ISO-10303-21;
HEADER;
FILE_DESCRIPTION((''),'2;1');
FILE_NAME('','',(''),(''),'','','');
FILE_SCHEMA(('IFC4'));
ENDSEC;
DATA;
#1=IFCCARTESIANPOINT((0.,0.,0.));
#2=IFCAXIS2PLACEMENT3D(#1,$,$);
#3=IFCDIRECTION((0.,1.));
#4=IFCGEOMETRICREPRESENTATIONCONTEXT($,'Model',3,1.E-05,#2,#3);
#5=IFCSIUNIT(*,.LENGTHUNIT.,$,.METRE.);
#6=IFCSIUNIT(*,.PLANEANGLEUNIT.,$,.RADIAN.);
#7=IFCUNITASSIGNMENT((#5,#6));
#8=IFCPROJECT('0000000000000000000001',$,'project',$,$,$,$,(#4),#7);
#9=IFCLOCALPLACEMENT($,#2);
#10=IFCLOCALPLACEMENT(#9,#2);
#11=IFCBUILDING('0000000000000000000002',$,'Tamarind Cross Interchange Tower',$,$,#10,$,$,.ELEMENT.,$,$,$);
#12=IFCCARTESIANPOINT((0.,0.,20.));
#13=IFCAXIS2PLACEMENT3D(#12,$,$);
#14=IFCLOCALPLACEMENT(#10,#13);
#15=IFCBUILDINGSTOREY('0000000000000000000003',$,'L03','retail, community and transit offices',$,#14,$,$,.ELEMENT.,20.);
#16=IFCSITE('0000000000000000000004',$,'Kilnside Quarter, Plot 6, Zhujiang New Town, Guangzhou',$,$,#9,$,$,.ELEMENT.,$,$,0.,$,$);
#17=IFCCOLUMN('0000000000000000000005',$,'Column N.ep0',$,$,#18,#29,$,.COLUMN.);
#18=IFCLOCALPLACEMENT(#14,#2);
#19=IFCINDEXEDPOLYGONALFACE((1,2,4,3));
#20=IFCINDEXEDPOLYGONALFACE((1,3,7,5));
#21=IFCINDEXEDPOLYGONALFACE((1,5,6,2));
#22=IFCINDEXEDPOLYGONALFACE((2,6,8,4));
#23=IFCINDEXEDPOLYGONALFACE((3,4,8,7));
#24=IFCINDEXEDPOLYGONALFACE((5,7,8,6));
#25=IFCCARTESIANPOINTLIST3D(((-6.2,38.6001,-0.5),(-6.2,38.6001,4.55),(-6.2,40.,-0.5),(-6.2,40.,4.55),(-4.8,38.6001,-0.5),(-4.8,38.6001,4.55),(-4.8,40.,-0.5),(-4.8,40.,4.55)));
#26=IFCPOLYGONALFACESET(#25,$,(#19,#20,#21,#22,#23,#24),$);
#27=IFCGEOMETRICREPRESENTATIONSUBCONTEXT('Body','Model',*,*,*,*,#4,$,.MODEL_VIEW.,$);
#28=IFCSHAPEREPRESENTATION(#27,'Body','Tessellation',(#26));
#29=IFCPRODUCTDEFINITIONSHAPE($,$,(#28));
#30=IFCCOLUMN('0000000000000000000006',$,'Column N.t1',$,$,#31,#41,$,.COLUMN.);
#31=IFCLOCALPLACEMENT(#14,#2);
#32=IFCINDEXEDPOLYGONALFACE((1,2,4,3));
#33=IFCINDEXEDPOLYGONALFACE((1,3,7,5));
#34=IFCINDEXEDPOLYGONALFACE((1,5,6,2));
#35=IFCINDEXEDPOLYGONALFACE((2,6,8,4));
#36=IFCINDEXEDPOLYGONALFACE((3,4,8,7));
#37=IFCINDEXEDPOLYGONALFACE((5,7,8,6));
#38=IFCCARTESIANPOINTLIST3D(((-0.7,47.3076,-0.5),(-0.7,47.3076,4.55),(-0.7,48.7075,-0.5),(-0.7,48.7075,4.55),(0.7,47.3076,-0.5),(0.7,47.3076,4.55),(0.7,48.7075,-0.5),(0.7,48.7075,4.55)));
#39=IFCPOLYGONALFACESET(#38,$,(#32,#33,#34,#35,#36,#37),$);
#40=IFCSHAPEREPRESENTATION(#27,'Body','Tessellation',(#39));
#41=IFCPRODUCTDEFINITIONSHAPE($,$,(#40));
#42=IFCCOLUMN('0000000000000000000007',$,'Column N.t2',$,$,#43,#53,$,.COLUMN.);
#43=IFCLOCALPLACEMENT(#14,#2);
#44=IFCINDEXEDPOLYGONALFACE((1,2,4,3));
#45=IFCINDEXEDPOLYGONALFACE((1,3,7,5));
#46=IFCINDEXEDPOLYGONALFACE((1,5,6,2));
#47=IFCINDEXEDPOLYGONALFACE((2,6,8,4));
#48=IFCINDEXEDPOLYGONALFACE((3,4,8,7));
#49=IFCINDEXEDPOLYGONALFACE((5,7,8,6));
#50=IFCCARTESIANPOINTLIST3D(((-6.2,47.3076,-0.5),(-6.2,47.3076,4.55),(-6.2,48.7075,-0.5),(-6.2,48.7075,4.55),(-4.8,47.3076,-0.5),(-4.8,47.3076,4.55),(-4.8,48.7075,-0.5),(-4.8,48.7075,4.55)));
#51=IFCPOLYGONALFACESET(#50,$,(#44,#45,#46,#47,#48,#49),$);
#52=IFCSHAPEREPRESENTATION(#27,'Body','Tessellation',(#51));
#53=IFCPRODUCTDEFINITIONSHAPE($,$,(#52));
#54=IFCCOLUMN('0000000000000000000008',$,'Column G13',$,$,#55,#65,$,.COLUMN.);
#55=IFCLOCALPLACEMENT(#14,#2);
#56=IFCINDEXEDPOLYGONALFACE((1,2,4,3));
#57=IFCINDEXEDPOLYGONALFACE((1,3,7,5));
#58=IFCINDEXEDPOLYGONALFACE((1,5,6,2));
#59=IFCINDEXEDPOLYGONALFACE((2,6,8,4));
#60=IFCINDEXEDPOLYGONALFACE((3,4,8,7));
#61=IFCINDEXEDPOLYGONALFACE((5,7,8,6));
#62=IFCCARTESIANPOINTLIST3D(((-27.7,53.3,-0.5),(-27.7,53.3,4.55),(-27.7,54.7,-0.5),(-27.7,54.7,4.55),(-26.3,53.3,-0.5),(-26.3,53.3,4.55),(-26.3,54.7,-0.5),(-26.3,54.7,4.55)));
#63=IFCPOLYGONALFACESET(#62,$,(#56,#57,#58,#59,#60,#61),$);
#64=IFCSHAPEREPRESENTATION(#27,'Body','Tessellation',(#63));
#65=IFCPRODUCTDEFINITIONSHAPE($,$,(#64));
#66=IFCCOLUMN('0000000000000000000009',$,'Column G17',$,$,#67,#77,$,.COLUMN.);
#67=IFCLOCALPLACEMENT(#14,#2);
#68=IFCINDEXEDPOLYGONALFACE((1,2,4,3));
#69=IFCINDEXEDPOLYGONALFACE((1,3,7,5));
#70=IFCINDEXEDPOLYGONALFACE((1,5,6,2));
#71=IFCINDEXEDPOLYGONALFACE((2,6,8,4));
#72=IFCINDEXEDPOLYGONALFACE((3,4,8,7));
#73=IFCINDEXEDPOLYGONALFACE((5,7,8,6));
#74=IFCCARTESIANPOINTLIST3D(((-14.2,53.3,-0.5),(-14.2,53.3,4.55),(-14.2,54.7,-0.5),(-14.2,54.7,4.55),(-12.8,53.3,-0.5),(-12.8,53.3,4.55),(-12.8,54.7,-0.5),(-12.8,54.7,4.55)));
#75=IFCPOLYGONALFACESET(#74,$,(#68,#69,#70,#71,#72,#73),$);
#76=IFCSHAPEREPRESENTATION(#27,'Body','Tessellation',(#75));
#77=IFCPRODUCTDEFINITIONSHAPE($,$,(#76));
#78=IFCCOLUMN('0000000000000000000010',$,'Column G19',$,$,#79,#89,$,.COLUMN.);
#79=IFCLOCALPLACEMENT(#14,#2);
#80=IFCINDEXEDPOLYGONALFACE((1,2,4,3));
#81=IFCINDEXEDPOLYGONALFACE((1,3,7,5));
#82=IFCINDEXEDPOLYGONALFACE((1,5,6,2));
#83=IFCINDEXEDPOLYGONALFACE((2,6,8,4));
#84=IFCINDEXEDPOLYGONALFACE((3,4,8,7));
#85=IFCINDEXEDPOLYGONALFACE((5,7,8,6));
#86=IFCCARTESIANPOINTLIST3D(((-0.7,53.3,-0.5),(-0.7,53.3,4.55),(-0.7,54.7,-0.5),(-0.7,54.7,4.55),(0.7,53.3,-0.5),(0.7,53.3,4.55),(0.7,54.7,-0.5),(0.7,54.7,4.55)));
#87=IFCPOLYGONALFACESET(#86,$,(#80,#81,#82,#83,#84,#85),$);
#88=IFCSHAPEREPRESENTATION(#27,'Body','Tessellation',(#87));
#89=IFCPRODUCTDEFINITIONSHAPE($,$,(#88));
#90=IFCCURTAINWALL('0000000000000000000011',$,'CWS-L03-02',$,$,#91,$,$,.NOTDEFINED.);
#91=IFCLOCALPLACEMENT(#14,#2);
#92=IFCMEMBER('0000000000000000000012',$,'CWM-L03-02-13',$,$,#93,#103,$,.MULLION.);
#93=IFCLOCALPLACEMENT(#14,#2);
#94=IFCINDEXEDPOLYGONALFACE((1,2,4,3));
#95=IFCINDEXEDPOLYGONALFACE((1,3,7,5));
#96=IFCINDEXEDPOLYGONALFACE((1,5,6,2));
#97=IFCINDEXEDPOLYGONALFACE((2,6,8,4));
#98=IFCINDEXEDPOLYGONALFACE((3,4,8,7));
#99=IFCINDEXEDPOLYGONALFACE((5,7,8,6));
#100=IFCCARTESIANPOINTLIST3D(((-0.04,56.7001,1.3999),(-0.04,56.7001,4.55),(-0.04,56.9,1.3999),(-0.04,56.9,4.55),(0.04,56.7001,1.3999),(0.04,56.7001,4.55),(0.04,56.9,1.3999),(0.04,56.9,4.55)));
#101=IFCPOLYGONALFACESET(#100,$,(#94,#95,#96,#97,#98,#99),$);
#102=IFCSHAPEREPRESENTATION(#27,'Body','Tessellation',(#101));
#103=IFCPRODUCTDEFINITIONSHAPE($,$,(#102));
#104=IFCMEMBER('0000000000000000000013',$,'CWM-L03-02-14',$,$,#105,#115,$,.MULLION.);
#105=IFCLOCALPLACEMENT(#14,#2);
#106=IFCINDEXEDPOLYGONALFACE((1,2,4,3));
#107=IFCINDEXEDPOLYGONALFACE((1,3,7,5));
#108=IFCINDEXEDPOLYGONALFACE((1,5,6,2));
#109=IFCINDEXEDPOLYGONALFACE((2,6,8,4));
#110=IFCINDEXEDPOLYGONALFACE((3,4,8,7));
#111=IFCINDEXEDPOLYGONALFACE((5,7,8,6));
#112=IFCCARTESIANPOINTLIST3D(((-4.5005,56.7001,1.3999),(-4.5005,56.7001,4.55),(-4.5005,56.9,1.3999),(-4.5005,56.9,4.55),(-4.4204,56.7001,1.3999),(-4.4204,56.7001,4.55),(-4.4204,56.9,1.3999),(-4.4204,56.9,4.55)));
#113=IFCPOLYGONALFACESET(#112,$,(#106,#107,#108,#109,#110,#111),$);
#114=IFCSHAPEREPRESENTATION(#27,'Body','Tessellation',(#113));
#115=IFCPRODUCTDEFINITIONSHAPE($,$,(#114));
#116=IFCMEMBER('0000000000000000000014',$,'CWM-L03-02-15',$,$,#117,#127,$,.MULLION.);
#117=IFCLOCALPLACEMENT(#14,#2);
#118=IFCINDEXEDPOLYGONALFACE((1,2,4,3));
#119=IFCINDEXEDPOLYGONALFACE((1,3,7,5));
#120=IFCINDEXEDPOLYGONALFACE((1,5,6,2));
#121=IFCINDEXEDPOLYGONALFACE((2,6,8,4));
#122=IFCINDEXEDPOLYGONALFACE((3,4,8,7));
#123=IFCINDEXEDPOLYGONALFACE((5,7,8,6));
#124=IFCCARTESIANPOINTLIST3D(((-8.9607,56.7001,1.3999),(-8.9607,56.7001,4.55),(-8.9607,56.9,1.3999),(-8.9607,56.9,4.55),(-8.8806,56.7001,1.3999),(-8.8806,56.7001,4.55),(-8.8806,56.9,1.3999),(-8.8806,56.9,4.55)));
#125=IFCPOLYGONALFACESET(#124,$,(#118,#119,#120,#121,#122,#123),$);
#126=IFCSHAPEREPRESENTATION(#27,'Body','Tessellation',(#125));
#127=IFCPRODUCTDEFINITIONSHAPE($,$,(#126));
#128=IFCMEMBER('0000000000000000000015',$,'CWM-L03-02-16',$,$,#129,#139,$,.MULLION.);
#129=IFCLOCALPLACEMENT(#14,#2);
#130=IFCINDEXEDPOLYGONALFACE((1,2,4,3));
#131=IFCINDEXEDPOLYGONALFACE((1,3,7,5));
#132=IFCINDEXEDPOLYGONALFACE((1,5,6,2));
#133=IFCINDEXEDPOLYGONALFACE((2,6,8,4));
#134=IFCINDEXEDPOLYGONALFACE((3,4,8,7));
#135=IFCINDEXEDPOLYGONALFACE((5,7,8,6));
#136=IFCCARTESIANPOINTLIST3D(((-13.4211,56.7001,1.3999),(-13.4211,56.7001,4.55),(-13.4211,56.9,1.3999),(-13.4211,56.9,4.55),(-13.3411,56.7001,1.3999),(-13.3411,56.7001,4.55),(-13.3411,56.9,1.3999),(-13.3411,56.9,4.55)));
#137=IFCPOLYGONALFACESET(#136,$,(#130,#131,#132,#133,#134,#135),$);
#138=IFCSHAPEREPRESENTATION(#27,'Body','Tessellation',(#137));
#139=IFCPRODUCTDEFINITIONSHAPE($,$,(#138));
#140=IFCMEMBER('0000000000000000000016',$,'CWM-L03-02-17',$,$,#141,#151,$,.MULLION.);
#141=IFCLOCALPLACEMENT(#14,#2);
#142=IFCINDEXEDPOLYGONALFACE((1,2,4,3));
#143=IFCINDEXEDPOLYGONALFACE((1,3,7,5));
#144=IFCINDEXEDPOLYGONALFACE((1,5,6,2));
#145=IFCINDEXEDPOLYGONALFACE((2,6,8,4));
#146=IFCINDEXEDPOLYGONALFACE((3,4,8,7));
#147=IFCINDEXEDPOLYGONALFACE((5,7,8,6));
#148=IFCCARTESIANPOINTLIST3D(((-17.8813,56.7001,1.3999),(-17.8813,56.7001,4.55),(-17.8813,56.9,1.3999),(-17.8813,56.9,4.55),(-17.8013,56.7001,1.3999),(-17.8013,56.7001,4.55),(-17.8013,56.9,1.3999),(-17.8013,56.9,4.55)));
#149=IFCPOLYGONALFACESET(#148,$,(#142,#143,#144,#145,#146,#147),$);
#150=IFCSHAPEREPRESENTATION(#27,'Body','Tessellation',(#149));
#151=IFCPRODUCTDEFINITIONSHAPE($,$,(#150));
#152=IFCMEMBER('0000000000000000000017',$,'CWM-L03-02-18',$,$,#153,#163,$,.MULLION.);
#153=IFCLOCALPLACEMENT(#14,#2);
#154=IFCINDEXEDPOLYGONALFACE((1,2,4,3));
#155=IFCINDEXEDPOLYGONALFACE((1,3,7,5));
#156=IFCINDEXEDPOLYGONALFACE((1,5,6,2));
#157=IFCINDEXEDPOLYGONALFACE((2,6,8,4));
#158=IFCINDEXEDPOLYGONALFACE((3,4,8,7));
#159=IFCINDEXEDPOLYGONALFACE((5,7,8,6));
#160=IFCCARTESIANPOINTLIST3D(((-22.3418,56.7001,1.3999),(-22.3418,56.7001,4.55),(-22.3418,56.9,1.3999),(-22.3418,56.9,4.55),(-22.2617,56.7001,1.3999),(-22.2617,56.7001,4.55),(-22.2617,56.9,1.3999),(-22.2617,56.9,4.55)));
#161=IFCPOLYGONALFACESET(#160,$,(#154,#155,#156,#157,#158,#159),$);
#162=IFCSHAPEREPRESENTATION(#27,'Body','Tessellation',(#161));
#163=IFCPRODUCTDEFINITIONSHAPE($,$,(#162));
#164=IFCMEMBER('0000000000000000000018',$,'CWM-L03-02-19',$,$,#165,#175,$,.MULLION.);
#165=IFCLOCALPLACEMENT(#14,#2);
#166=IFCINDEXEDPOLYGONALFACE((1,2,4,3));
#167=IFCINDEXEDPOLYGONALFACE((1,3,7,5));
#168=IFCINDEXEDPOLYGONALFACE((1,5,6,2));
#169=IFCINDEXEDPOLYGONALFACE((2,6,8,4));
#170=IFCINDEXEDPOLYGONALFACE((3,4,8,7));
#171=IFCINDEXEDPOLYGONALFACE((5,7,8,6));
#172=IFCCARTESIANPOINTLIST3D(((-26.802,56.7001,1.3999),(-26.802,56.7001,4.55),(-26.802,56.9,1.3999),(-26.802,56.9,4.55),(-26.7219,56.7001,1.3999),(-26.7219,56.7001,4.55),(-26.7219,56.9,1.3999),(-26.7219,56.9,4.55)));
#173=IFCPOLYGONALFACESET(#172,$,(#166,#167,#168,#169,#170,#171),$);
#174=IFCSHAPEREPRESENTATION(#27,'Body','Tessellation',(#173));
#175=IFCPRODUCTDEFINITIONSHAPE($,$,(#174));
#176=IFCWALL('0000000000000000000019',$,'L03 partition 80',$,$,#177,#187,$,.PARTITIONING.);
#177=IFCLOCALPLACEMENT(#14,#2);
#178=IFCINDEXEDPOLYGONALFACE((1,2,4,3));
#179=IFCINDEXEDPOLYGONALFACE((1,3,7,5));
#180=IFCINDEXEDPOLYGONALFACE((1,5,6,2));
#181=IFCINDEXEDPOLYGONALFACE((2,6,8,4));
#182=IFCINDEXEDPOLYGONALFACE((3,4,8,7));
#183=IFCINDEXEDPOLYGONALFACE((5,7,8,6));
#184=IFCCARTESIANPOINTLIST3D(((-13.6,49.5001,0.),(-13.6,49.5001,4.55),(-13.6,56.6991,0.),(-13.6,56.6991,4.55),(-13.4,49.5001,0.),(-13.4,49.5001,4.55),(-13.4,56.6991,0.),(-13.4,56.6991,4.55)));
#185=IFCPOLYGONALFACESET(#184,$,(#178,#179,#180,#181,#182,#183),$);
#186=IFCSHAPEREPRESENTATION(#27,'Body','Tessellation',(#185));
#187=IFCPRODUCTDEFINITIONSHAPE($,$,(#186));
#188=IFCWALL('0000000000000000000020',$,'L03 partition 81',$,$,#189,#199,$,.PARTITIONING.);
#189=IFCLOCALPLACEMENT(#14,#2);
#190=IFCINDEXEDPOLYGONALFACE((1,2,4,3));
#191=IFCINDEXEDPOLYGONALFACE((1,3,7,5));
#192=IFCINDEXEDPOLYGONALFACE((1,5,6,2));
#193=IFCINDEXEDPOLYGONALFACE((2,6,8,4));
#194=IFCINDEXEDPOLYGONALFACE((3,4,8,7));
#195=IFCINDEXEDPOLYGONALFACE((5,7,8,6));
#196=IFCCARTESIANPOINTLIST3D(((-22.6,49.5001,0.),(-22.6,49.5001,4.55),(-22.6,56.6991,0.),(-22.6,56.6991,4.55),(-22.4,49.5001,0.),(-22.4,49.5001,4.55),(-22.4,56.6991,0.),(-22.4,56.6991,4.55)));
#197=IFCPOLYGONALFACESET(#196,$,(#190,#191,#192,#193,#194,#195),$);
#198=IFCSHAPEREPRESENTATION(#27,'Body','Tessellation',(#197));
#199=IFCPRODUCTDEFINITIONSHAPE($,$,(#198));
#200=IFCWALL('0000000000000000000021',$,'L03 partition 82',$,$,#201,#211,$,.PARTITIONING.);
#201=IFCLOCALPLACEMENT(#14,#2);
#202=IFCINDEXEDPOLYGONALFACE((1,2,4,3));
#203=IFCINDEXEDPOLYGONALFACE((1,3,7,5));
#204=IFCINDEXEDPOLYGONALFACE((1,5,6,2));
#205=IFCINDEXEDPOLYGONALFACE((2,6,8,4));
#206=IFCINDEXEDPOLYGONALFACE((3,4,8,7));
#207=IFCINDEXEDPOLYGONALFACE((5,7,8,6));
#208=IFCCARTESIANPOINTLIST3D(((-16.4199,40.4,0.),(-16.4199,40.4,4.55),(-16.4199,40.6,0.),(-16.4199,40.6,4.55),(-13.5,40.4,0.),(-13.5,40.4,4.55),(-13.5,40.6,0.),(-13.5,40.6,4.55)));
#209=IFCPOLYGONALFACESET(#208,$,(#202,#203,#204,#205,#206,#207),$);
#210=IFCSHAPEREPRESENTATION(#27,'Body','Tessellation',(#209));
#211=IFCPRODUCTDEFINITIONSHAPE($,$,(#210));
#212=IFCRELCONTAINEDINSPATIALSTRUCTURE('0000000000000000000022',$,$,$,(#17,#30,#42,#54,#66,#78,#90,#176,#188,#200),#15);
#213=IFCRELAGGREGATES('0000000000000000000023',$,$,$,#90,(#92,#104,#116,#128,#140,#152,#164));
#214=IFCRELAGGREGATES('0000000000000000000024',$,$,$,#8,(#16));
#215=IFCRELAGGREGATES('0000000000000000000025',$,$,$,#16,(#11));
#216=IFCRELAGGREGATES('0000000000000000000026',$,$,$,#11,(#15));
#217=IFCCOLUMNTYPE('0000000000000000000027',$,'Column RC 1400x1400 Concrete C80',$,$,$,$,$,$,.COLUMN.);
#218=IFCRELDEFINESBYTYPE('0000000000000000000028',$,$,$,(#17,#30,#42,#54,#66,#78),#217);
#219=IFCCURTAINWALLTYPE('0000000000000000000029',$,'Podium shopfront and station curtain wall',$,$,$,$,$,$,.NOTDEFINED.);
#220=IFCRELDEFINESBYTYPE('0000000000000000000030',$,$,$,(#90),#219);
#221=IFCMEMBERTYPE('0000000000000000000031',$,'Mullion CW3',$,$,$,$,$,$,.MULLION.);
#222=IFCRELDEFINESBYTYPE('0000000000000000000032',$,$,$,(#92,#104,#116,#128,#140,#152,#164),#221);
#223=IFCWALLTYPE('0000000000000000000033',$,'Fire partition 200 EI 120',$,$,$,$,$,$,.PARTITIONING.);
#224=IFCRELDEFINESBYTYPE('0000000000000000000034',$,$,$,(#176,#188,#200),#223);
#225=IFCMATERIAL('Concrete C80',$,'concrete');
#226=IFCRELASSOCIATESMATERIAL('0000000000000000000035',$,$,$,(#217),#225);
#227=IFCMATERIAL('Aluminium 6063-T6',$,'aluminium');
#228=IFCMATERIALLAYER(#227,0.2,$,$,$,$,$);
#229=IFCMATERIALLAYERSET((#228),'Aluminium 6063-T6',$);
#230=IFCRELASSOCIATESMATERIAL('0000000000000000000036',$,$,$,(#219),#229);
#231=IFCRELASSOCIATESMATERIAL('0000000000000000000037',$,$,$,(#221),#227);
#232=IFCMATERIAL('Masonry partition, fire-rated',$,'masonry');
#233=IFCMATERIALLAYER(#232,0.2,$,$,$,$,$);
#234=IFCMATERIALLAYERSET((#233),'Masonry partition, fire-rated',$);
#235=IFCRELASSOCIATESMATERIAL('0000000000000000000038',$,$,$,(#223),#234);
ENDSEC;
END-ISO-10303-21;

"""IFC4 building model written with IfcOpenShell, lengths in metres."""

from ifc_helpers import new_model, si_unit, direction, frame, frame_2d, origin, origin_2d, place, context, subcontext, project, spatial, rectangle, extrude, material, layer, layer_set, material_profile, profile_set, type_object, element, aggregate, save


model = new_model("IFC4")

# Units and contexts
model_context = context("Model", 3, precision=1e-05, world=origin(), true_north=direction((0.0, 1.0)))
body_context = subcontext(model_context, "Body", "Model", "MODEL_VIEW")
ifc_project = project(units=[si_unit("LENGTHUNIT", "METRE"), si_unit("PLANEANGLEUNIT", "RADIAN")], contexts=[model_context])

# Site, building, storey
site_placement = place(None, origin())
site = spatial("IfcSite", under=ifc_project, at=site_placement, Name="Kilnside Quarter, Plot 6, Zhujiang New Town, Guangzhou", CompositionType="ELEMENT", RefElevation=0.0)
building_placement = place(site_placement, origin())
building = spatial("IfcBuilding", under=site, at=building_placement, Name="Tamarind Cross Interchange Tower", CompositionType="ELEMENT")
storey_placement = place(building_placement, frame((0.0, 0.0, 20.0)))
storey = spatial("IfcBuildingStorey", under=building, at=storey_placement, Name="L03", Description="retail, community and transit offices", CompositionType="ELEMENT", Elevation=20.0)

# Columns
ifc_material_1 = material(Name="Concrete C80", Category="concrete")
ifc_material_profile_1 = material_profile(ifc_material_1, rectangle(XDim=1.3999, YDim=1.3999, at=origin_2d()), Name="RC 1400x1400")
ifc_profile_set_1 = profile_set([ifc_material_profile_1], Name="Concrete C80")
column_type = type_object("IfcColumnType", Name="Column RC 1400x1400 Concrete C80", PredefinedType="COLUMN", material=ifc_profile_set_1)
for number, where, z_axis, x_axis, name in (
    (1, (-5.5, 39.3, -0.5), (0.0, 0.0, 1.0), (1.0, 0.0, 0.0), "Column N.ep0"),
    (2, (0.0, 48.0076, -0.5), (0.0, 0.0, 1.0), (1.0, 0.0, 0.0), "Column N.t1"),
    (3, (-5.5, 48.0076, -0.5), (0.0, 0.0, 1.0), (1.0, 0.0, 0.0), "Column N.t2"),
    (4, (-27.0, 54.0, -0.5), (0.0, 0.0, 1.0), (1.0, 0.0, 0.0), "Column G13"),
    (5, (-13.5, 54.0, -0.5), (0.0, 0.0, 1.0), (1.0, 0.0, 0.0), "Column G17"),
    (6, (0.0, 54.0, -0.5), (0.0, 0.0, 1.0), (1.0, 0.0, 0.0), "Column G19"),
):
    element("IfcColumn", number, at=place(storey_placement, frame(where, z_axis=z_axis, x_axis=x_axis)), inside=storey, type_object=column_type, Name=name, PredefinedType="COLUMN", context=body_context, shape_type="SweptSolid", body=[
        extrude(rectangle(XDim=1.3999, YDim=1.3999, at=origin_2d()), origin(), (0.0, 0.0, 1.0), 5.05),
    ])

# Curtain wall, members
ifc_material_2 = material(Name="Aluminium 6063-T6", Category="aluminium")
ifc_layer_1 = layer(ifc_material_2, 0.2)
ifc_layer_set_1 = layer_set([ifc_layer_1], Name="Aluminium 6063-T6")
curtain_wall_type = type_object("IfcCurtainWallType", Name="Podium shopfront and station curtain wall", PredefinedType="NOTDEFINED", material=ifc_layer_set_1)
curtain_wall_placement = place(storey_placement, origin())
curtain_wall = element("IfcCurtainWall", 7, at=curtain_wall_placement, inside=storey, type_object=curtain_wall_type, Name="CWS-L03-02", PredefinedType="NOTDEFINED")
ifc_material_profile_2 = material_profile(ifc_material_2, rectangle(XDim=0.0801, YDim=0.2, at=origin_2d()), Name="Mullion CW3")
ifc_profile_set_2 = profile_set([ifc_material_profile_2], Name="Aluminium 6063-T6")
member_type = type_object("IfcMemberType", Name="Mullion CW3", PredefinedType="MULLION", material=ifc_profile_set_2)
member_1_placement = place(storey_placement, frame((0.0, 56.8, 1.3999), z_axis=(0.0, 0.0, 1.0), x_axis=(-1.0, 0.0, 0.0)))
member_1 = element("IfcMember", 8, at=member_1_placement, type_object=member_type, Name="CWM-L03-02-13", PredefinedType="MULLION", context=body_context, shape_type="SweptSolid", body=[
    extrude(rectangle(XDim=0.0801, YDim=0.2, at=origin_2d()), origin(), (0.0, 0.0, 1.0), 3.1501),
])
member_2_placement = place(storey_placement, frame((-4.4604, 56.8, 1.3999), z_axis=(0.0, 0.0, 1.0), x_axis=(-1.0, 0.0, 0.0)))
member_2 = element("IfcMember", 9, at=member_2_placement, type_object=member_type, Name="CWM-L03-02-14", PredefinedType="MULLION", context=body_context, shape_type="SweptSolid", body=[
    extrude(rectangle(XDim=0.0801, YDim=0.2, at=origin_2d()), origin(), (0.0, 0.0, 1.0), 3.1501),
])
member_3_placement = place(storey_placement, frame((-8.9207, 56.8, 1.3999), z_axis=(0.0, 0.0, 1.0), x_axis=(-1.0, 0.0, 0.0)))
member_3 = element("IfcMember", 10, at=member_3_placement, type_object=member_type, Name="CWM-L03-02-15", PredefinedType="MULLION", context=body_context, shape_type="SweptSolid", body=[
    extrude(rectangle(XDim=0.0801, YDim=0.2, at=origin_2d()), origin(), (0.0, 0.0, 1.0), 3.1501),
])
member_4_placement = place(storey_placement, frame((-13.3811, 56.8, 1.3999), z_axis=(0.0, 0.0, 1.0), x_axis=(-1.0, 0.0, 0.0)))
member_4 = element("IfcMember", 11, at=member_4_placement, type_object=member_type, Name="CWM-L03-02-16", PredefinedType="MULLION", context=body_context, shape_type="SweptSolid", body=[
    extrude(rectangle(XDim=0.0801, YDim=0.2, at=origin_2d()), origin(), (0.0, 0.0, 1.0), 3.1501),
])
member_5_placement = place(storey_placement, frame((-17.8413, 56.8, 1.3999), z_axis=(0.0, 0.0, 1.0), x_axis=(-1.0, 0.0, 0.0)))
member_5 = element("IfcMember", 12, at=member_5_placement, type_object=member_type, Name="CWM-L03-02-17", PredefinedType="MULLION", context=body_context, shape_type="SweptSolid", body=[
    extrude(rectangle(XDim=0.0801, YDim=0.2, at=origin_2d()), origin(), (0.0, 0.0, 1.0), 3.1501),
])
member_6_placement = place(storey_placement, frame((-22.3018, 56.8, 1.3999), z_axis=(0.0, 0.0, 1.0), x_axis=(-1.0, 0.0, 0.0)))
member_6 = element("IfcMember", 13, at=member_6_placement, type_object=member_type, Name="CWM-L03-02-18", PredefinedType="MULLION", context=body_context, shape_type="SweptSolid", body=[
    extrude(rectangle(XDim=0.0801, YDim=0.2, at=origin_2d()), origin(), (0.0, 0.0, 1.0), 3.1501),
])
member_7_placement = place(storey_placement, frame((-26.762, 56.8, 1.3999), z_axis=(0.0, 0.0, 1.0), x_axis=(-1.0, 0.0, 0.0)))
member_7 = element("IfcMember", 14, at=member_7_placement, type_object=member_type, Name="CWM-L03-02-19", PredefinedType="MULLION", context=body_context, shape_type="SweptSolid", body=[
    extrude(rectangle(XDim=0.0801, YDim=0.2, at=origin_2d()), origin(), (0.0, 0.0, 1.0), 3.1501),
])
aggregate(curtain_wall, [member_1, member_2, member_3, member_4, member_5, member_6, member_7])

# Walls
ifc_material_3 = material(Name="Masonry partition, fire-rated", Category="masonry")
ifc_layer_2 = layer(ifc_material_3, 0.2)
ifc_layer_set_2 = layer_set([ifc_layer_2], Name="Masonry partition, fire-rated")
wall_type_1 = type_object("IfcWallType", Name="Fire partition 200 EI 120", PredefinedType="PARTITIONING", material=ifc_layer_set_2)
for number, where, z_axis, x_axis, name in (
    (15, (-13.5, 49.5, 0.0), (0.0, 0.0, 1.0), (0.0, 1.0, 0.0), "L03 partition 80"),
    (16, (-22.5, 49.5, 0.0), (0.0, 0.0, 1.0), (0.0, 1.0, 0.0), "L03 partition 81"),
):
    element("IfcWall", number, at=place(storey_placement, frame(where, z_axis=z_axis, x_axis=x_axis)), inside=storey, type_object=wall_type_1, Name=name, PredefinedType="PARTITIONING", context=body_context, shape_type="SweptSolid", body=[
        extrude(rectangle(XDim=7.199, YDim=0.2, at=frame_2d((3.5996, 0.0))), origin(), (0.0, 0.0, 1.0), 4.55),
    ])
wall_1_placement = place(storey_placement, frame((-16.4199, 40.5, 0.0), z_axis=(0.0, 0.0, 1.0), x_axis=(1.0, 0.0, 0.0)))
element("IfcWall", 17, at=wall_1_placement, inside=storey, type_object=wall_type_1, Name="L03 partition 82", PredefinedType="PARTITIONING", context=body_context, shape_type="SweptSolid", body=[
    extrude(rectangle(XDim=2.9199, YDim=0.2, at=frame_2d((1.46, 0.0))), origin(), (0.0, 0.0, 1.0), 4.55),
])

save(model, "model.ifc")
